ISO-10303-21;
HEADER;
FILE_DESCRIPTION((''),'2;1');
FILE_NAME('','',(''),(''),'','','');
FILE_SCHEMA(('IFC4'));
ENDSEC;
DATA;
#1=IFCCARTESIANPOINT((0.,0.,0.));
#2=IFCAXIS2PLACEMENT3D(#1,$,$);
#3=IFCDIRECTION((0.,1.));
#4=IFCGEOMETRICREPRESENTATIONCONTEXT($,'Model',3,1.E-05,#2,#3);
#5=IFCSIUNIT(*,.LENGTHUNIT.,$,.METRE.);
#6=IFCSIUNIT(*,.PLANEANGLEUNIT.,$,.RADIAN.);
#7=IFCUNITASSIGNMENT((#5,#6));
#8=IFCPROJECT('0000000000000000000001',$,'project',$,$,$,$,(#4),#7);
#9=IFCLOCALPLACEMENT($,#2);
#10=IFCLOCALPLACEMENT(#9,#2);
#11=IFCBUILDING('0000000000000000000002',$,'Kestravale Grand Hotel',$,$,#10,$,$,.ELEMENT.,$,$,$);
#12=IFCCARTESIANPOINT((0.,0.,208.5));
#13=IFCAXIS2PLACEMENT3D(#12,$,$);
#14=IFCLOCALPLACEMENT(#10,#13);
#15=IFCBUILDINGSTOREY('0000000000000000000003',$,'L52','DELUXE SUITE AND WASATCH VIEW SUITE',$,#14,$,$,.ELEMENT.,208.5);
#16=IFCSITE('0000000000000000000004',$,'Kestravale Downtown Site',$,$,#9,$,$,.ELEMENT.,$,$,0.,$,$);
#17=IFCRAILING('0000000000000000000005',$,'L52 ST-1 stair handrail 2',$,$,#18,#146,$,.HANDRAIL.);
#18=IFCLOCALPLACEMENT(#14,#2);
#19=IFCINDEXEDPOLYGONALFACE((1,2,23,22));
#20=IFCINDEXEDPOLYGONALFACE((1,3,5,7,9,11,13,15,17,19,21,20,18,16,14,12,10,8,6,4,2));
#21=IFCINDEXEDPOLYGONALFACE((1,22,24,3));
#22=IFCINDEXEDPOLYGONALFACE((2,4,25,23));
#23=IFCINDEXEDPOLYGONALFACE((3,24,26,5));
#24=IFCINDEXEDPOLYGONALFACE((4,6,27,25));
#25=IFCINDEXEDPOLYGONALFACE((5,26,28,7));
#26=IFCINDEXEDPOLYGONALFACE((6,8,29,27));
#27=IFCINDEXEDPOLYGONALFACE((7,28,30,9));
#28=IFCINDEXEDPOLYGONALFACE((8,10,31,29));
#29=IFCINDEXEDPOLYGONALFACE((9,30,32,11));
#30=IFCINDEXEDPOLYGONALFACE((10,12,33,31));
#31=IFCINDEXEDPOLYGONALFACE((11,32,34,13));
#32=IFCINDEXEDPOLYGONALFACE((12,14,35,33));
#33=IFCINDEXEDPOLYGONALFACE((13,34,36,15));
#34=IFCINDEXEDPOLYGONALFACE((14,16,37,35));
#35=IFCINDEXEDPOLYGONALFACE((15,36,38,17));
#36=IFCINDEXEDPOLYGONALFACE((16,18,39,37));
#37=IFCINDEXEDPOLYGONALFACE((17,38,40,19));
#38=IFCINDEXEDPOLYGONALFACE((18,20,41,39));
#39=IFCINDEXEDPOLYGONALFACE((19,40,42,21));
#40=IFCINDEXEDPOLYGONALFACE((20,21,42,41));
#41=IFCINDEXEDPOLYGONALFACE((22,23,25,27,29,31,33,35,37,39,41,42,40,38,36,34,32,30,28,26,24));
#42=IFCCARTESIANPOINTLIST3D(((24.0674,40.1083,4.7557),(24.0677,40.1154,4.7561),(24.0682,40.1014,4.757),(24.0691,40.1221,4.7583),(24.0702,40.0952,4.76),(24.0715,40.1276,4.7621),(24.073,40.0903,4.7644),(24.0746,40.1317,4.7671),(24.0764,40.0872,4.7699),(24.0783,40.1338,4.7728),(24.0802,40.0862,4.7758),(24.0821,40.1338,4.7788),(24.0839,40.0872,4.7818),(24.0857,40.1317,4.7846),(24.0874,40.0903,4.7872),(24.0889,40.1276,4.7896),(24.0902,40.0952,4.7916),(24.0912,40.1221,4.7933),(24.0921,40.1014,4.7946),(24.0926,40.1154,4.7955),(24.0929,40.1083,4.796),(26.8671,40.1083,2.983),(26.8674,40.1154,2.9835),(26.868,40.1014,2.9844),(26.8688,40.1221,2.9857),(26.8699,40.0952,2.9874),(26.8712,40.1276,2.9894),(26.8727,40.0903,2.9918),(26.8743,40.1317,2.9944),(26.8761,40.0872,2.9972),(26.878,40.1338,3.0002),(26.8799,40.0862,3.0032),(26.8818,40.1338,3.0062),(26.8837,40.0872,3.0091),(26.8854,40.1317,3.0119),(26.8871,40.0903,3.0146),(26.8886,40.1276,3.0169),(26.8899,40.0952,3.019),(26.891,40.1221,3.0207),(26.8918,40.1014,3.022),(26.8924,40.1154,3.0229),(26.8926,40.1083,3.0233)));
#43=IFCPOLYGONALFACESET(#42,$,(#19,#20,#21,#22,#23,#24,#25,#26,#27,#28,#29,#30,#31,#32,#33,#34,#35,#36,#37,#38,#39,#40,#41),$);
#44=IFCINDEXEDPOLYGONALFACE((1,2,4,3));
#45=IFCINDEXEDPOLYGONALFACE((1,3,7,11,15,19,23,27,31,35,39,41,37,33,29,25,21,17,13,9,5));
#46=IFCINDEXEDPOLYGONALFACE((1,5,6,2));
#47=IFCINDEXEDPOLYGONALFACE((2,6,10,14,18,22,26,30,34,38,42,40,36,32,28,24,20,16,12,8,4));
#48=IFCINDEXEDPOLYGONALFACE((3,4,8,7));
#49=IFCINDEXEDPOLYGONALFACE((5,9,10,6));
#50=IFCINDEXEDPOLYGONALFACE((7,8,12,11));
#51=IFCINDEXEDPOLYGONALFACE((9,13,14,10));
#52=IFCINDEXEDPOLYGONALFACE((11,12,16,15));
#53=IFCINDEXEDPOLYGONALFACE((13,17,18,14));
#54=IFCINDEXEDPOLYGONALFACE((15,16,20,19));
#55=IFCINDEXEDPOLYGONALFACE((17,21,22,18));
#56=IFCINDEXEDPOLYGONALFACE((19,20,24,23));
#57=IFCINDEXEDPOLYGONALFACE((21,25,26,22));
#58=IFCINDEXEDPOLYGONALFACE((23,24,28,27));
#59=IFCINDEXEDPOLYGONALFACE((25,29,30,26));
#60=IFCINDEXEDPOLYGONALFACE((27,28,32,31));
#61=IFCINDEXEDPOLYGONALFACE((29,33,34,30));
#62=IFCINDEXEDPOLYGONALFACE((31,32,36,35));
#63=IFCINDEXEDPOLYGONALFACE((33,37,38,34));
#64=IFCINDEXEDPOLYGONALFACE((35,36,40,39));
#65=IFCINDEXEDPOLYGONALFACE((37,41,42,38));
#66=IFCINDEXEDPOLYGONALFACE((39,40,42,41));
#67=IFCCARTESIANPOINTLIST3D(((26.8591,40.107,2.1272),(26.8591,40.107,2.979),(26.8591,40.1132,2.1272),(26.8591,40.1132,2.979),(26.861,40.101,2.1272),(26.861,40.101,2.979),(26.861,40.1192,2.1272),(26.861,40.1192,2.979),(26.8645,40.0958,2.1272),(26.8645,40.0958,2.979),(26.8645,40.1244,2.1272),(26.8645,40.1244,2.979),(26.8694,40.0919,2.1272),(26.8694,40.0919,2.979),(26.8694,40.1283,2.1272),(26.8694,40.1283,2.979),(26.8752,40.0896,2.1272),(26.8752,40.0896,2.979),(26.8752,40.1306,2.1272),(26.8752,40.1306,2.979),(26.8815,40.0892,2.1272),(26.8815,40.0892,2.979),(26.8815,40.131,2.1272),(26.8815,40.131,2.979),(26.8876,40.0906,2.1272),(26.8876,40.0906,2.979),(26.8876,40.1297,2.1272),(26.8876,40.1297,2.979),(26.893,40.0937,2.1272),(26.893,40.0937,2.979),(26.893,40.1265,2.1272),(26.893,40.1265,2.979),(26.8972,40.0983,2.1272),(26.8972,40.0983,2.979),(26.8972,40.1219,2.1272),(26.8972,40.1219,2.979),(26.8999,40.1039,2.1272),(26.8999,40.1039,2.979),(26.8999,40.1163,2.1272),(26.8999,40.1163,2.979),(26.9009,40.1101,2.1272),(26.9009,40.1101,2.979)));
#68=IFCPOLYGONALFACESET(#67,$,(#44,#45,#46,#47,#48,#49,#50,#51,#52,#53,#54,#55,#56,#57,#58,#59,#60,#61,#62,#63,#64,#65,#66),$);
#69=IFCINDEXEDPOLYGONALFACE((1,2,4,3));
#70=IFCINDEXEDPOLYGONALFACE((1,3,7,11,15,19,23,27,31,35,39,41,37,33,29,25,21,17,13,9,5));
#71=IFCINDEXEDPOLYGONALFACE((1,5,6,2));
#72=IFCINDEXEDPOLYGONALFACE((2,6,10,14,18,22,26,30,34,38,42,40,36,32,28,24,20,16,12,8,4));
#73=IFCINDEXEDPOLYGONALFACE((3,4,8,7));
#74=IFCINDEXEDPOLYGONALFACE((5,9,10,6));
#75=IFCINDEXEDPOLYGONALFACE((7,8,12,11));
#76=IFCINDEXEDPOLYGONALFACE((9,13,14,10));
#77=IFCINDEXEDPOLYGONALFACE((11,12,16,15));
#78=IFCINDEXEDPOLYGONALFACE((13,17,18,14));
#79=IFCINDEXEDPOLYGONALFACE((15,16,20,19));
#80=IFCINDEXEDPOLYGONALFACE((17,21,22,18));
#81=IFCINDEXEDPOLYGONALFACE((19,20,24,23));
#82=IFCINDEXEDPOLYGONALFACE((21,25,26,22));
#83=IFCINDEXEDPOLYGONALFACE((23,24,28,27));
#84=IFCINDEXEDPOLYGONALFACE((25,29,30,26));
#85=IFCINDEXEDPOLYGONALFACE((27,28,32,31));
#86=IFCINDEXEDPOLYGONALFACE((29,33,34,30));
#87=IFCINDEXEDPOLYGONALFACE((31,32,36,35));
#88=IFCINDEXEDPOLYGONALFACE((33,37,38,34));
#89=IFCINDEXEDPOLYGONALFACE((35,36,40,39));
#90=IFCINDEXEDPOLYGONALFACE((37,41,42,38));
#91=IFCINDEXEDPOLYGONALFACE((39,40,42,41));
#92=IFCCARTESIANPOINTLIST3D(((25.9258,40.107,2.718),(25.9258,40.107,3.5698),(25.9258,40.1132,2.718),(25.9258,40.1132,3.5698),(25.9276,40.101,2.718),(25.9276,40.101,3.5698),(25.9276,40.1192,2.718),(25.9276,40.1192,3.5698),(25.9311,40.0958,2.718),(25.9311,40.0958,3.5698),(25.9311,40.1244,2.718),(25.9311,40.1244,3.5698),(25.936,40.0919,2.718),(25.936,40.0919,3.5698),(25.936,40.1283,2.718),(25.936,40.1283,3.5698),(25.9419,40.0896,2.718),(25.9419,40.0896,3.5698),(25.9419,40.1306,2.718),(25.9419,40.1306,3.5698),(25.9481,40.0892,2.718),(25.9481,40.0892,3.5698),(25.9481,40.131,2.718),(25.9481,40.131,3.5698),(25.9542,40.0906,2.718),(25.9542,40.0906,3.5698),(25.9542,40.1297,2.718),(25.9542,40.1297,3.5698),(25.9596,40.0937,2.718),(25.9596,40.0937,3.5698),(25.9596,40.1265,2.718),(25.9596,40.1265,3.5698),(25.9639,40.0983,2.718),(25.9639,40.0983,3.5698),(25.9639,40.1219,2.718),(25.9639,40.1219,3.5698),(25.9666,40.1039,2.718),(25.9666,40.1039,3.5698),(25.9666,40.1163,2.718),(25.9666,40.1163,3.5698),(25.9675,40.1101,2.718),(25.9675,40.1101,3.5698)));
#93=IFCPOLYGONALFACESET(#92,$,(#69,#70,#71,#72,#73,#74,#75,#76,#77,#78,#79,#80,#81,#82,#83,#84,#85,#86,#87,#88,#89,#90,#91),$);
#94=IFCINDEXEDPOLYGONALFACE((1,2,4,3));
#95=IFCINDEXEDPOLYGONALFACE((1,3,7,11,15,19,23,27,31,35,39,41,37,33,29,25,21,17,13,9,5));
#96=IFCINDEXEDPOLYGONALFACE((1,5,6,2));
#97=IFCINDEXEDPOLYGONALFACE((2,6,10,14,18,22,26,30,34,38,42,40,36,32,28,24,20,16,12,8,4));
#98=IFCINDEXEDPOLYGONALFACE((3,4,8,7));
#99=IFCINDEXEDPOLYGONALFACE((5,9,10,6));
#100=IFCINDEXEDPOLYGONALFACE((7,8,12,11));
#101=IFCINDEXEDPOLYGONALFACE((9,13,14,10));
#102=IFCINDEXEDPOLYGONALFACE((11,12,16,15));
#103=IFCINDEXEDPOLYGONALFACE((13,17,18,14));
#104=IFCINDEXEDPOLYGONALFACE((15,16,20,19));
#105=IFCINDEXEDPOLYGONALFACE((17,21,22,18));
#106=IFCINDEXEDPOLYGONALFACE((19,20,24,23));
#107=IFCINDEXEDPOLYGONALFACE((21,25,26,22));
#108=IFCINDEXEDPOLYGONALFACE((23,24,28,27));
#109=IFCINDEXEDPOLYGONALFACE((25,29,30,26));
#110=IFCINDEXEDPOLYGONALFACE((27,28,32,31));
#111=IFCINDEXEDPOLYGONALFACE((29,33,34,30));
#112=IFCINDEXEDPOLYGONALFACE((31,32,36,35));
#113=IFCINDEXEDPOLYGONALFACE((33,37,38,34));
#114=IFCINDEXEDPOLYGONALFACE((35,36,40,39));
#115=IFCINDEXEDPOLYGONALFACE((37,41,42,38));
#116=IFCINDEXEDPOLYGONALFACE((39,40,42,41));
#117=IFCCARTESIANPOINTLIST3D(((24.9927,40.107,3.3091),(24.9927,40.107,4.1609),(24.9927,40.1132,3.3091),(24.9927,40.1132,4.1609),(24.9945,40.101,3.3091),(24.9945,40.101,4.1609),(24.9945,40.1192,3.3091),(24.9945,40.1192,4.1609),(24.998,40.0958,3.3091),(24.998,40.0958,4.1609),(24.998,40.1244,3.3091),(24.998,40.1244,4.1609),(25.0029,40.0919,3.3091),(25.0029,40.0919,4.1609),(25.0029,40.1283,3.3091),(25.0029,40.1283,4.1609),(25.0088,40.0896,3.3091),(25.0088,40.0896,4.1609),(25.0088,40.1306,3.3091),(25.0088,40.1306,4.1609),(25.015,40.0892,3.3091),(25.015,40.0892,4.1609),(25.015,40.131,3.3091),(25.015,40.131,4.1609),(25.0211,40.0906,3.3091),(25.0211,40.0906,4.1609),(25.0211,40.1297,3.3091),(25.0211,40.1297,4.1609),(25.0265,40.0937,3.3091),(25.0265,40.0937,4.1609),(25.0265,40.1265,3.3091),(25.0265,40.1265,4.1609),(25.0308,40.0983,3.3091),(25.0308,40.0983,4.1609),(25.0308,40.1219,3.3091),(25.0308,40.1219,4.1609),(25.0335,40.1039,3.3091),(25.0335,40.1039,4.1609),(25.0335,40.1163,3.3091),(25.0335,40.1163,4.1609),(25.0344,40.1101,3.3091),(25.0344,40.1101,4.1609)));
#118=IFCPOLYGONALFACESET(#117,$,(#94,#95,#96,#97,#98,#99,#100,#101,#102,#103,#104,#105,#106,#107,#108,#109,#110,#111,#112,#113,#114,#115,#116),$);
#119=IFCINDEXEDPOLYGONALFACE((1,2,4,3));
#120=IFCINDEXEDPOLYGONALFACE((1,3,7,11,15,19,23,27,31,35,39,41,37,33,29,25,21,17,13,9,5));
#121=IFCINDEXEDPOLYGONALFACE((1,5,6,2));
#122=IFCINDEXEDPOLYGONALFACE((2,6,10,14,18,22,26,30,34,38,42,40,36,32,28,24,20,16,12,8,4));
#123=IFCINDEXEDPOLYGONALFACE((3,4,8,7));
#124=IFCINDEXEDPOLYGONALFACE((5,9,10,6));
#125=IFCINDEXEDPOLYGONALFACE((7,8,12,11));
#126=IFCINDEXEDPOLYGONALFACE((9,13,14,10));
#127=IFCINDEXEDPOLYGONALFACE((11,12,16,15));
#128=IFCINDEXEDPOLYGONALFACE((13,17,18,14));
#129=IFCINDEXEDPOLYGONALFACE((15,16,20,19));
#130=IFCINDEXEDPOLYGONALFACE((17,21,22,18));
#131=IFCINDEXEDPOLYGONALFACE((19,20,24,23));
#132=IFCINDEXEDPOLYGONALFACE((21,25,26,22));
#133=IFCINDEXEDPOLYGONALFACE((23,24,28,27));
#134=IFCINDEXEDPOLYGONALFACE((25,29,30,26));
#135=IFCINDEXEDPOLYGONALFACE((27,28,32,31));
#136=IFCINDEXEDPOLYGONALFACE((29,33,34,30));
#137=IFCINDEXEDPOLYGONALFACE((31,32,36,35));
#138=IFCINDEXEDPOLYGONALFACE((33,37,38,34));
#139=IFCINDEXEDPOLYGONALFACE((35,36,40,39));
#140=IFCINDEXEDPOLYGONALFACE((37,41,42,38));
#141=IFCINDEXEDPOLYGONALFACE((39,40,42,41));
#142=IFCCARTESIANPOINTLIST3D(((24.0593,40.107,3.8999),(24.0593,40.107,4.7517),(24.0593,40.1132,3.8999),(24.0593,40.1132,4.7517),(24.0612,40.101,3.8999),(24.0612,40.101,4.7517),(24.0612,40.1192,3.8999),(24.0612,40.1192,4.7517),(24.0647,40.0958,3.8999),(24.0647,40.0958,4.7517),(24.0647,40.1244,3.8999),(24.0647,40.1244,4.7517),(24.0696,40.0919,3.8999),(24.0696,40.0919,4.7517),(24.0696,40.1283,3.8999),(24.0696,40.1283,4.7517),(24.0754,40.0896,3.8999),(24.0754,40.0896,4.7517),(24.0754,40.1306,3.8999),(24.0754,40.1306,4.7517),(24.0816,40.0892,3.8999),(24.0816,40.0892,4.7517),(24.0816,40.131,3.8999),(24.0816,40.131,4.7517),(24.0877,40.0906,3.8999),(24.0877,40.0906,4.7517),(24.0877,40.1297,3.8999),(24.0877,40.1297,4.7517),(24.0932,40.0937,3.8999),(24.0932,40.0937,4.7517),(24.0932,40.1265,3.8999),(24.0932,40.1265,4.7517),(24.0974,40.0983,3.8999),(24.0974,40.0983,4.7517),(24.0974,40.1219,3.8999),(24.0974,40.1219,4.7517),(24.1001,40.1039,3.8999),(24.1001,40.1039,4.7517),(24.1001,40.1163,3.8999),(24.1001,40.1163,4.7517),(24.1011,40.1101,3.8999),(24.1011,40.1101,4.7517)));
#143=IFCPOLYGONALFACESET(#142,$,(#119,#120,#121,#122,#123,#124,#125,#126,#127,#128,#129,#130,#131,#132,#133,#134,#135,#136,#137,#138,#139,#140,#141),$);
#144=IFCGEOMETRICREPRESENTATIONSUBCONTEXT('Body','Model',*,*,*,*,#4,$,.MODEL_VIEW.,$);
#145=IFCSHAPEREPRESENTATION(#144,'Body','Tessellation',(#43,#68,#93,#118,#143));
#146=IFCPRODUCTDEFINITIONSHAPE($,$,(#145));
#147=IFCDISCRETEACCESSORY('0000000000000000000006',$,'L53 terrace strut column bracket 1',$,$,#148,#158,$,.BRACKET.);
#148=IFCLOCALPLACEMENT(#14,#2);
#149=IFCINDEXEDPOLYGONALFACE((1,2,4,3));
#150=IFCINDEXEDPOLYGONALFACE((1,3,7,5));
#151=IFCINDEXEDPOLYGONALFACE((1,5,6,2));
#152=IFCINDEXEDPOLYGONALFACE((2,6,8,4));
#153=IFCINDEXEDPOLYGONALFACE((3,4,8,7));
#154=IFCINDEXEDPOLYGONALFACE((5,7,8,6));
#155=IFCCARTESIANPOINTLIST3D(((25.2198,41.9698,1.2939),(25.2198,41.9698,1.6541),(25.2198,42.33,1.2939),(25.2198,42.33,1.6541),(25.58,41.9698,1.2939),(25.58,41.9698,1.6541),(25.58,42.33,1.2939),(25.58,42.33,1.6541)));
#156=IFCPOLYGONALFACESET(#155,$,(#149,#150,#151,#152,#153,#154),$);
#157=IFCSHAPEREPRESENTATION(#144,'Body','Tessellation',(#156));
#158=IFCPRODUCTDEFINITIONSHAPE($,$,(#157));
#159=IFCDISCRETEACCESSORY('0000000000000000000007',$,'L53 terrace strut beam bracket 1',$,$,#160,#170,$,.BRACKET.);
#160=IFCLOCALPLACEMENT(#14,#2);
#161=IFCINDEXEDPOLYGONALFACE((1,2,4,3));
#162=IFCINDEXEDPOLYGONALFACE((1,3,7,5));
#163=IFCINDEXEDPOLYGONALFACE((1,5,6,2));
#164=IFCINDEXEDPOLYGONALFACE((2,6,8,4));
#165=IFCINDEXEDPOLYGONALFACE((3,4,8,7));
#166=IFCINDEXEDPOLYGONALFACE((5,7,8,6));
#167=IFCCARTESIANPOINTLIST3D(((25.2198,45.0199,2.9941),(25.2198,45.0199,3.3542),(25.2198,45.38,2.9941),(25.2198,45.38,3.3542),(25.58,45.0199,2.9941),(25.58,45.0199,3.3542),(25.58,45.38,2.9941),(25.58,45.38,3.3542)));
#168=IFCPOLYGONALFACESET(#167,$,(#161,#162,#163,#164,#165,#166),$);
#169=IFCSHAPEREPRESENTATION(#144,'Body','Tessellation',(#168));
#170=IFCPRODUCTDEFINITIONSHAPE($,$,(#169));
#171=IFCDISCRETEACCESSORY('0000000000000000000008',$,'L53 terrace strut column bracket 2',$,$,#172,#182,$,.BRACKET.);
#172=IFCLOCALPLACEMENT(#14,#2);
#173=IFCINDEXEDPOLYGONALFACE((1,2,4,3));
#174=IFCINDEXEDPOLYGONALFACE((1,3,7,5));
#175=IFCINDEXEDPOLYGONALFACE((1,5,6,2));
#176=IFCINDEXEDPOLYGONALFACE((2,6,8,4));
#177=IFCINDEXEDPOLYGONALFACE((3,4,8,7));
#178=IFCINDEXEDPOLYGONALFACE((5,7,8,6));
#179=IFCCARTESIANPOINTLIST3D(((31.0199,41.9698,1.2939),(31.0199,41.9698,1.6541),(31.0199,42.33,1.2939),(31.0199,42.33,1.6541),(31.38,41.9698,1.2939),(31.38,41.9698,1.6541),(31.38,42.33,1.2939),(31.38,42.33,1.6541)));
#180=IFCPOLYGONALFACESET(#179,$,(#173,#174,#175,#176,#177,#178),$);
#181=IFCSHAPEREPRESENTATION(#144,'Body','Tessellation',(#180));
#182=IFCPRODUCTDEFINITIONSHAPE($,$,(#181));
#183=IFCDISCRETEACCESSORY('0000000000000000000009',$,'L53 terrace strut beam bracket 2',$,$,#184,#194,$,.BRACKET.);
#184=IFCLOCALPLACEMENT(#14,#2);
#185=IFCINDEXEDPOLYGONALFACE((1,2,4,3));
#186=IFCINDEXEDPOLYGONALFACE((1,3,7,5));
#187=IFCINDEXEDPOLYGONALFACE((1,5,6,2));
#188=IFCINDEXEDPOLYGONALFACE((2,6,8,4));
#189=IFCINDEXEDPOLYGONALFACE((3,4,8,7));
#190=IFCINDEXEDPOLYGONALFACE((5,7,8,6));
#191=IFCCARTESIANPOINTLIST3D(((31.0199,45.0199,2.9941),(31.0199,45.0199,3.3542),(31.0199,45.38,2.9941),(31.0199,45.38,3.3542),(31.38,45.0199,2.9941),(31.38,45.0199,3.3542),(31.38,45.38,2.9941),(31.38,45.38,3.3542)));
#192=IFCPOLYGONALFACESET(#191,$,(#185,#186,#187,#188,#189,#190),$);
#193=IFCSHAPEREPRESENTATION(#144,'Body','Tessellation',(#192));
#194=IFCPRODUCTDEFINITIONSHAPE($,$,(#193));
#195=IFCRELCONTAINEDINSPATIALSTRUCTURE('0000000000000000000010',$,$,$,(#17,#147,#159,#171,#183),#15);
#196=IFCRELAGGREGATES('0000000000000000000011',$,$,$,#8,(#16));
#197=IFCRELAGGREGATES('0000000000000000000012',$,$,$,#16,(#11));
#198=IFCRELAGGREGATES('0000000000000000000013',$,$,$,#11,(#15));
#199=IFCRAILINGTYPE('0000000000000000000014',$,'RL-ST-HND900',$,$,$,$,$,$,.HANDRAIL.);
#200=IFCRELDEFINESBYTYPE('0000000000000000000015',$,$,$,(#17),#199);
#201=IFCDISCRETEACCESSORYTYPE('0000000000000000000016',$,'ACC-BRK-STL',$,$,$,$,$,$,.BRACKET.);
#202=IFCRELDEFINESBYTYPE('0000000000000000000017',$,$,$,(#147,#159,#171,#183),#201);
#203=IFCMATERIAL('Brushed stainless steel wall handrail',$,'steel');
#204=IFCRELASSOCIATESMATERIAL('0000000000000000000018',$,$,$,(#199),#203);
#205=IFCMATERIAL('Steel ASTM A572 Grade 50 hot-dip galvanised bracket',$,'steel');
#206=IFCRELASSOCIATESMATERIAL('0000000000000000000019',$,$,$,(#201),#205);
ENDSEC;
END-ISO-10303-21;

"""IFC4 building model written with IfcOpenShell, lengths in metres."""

from ifc_helpers import new_model, si_unit, direction, frame, origin, origin_2d, place, context, subcontext, project, spatial, rectangle, circle, extrude, material, type_object, element, save


model = new_model("IFC4")

# Units and contexts
model_context = context("Model", 3, precision=1e-05, world=origin(), true_north=direction((0.0, 1.0)))
body_context = subcontext(model_context, "Body", "Model", "MODEL_VIEW")
ifc_project = project(units=[si_unit("LENGTHUNIT", "METRE"), si_unit("PLANEANGLEUNIT", "RADIAN")], contexts=[model_context])

# Site, building, storey
site_placement = place(None, origin())
site = spatial("IfcSite", under=ifc_project, at=site_placement, Name="Kestravale Downtown Site", CompositionType="ELEMENT", RefElevation=0.0)
building_placement = place(site_placement, origin())
building = spatial("IfcBuilding", under=site, at=building_placement, Name="Kestravale Grand Hotel", CompositionType="ELEMENT")
storey_placement = place(building_placement, frame((0.0, 0.0, 208.5)))
storey = spatial("IfcBuildingStorey", under=building, at=storey_placement, Name="L52", Description="DELUXE SUITE AND WASATCH VIEW SUITE", CompositionType="ELEMENT", Elevation=208.5)

# Railing
ifc_material_1 = material(Name="Brushed stainless steel wall handrail", Category="steel")
railing_type_1 = type_object("IfcRailingType", Name="RL-ST-HND900", PredefinedType="HANDRAIL", material=ifc_material_1)
railing_1_placement = place(storey_placement, frame((26.8799, 40.1101, 2.1272)))
element("IfcRailing", 1, at=railing_1_placement, inside=storey, type_object=railing_type_1, Name="L52 ST-1 stair handrail 2", PredefinedType="HANDRAIL", context=body_context, shape_type="SweptSolid", body=[
    extrude(circle(Radius=0.0239, at=origin_2d()), frame((0.0, 0.0, 0.876), z_axis=(-0.844888, 0.0, 0.534943), x_axis=(0.0, -1.0, 0.0)), (0.0, 0.0, 1.0), 3.3137),
    extrude(circle(Radius=0.021, at=origin_2d()), origin(), (0.0, 0.0, 1.0), 0.8518),
    extrude(circle(Radius=0.021, at=origin_2d()), frame((-0.9333, 0.0, 0.5908)), (0.0, 0.0, 1.0), 0.8518),
    extrude(circle(Radius=0.021, at=origin_2d()), frame((-1.8665, 0.0, 1.1819)), (0.0, 0.0, 1.0), 0.8518),
    extrude(circle(Radius=0.021, at=origin_2d()), frame((-2.7998, 0.0, 1.7727)), (0.0, 0.0, 1.0), 0.8518),
])

# Discrete accessories
ifc_material_2 = material(Name="Steel ASTM A572 Grade 50 hot-dip galvanised bracket", Category="steel")
discrete_accessory_type = type_object("IfcDiscreteAccessoryType", Name="ACC-BRK-STL", PredefinedType="BRACKET", material=ifc_material_2)
for number, where, z_axis, x_axis, name in (
    (2, (25.3999, 42.1499, 1.2939), (0.0, 0.0, 1.0), (1.0, 0.0, 0.0), "L53 terrace strut column bracket 1"),
    (3, (25.3999, 45.2, 2.9941), (0.0, 0.0, 1.0), (1.0, 0.0, 0.0), "L53 terrace strut beam bracket 1"),
    (4, (31.2, 42.1499, 1.2939), (0.0, 0.0, 1.0), (1.0, 0.0, 0.0), "L53 terrace strut column bracket 2"),
    (5, (31.2, 45.2, 2.9941), (0.0, 0.0, 1.0), (1.0, 0.0, 0.0), "L53 terrace strut beam bracket 2"),
):
    element("IfcDiscreteAccessory", number, at=place(storey_placement, frame(where, z_axis=z_axis, x_axis=x_axis)), inside=storey, type_object=discrete_accessory_type, Name=name, PredefinedType="BRACKET", context=body_context, shape_type="SweptSolid", body=[
        extrude(rectangle(XDim=0.3601, YDim=0.3601, at=origin_2d()), origin(), (0.0, 0.0, 1.0), 0.3601),
    ])

save(model, "model.ifc")
